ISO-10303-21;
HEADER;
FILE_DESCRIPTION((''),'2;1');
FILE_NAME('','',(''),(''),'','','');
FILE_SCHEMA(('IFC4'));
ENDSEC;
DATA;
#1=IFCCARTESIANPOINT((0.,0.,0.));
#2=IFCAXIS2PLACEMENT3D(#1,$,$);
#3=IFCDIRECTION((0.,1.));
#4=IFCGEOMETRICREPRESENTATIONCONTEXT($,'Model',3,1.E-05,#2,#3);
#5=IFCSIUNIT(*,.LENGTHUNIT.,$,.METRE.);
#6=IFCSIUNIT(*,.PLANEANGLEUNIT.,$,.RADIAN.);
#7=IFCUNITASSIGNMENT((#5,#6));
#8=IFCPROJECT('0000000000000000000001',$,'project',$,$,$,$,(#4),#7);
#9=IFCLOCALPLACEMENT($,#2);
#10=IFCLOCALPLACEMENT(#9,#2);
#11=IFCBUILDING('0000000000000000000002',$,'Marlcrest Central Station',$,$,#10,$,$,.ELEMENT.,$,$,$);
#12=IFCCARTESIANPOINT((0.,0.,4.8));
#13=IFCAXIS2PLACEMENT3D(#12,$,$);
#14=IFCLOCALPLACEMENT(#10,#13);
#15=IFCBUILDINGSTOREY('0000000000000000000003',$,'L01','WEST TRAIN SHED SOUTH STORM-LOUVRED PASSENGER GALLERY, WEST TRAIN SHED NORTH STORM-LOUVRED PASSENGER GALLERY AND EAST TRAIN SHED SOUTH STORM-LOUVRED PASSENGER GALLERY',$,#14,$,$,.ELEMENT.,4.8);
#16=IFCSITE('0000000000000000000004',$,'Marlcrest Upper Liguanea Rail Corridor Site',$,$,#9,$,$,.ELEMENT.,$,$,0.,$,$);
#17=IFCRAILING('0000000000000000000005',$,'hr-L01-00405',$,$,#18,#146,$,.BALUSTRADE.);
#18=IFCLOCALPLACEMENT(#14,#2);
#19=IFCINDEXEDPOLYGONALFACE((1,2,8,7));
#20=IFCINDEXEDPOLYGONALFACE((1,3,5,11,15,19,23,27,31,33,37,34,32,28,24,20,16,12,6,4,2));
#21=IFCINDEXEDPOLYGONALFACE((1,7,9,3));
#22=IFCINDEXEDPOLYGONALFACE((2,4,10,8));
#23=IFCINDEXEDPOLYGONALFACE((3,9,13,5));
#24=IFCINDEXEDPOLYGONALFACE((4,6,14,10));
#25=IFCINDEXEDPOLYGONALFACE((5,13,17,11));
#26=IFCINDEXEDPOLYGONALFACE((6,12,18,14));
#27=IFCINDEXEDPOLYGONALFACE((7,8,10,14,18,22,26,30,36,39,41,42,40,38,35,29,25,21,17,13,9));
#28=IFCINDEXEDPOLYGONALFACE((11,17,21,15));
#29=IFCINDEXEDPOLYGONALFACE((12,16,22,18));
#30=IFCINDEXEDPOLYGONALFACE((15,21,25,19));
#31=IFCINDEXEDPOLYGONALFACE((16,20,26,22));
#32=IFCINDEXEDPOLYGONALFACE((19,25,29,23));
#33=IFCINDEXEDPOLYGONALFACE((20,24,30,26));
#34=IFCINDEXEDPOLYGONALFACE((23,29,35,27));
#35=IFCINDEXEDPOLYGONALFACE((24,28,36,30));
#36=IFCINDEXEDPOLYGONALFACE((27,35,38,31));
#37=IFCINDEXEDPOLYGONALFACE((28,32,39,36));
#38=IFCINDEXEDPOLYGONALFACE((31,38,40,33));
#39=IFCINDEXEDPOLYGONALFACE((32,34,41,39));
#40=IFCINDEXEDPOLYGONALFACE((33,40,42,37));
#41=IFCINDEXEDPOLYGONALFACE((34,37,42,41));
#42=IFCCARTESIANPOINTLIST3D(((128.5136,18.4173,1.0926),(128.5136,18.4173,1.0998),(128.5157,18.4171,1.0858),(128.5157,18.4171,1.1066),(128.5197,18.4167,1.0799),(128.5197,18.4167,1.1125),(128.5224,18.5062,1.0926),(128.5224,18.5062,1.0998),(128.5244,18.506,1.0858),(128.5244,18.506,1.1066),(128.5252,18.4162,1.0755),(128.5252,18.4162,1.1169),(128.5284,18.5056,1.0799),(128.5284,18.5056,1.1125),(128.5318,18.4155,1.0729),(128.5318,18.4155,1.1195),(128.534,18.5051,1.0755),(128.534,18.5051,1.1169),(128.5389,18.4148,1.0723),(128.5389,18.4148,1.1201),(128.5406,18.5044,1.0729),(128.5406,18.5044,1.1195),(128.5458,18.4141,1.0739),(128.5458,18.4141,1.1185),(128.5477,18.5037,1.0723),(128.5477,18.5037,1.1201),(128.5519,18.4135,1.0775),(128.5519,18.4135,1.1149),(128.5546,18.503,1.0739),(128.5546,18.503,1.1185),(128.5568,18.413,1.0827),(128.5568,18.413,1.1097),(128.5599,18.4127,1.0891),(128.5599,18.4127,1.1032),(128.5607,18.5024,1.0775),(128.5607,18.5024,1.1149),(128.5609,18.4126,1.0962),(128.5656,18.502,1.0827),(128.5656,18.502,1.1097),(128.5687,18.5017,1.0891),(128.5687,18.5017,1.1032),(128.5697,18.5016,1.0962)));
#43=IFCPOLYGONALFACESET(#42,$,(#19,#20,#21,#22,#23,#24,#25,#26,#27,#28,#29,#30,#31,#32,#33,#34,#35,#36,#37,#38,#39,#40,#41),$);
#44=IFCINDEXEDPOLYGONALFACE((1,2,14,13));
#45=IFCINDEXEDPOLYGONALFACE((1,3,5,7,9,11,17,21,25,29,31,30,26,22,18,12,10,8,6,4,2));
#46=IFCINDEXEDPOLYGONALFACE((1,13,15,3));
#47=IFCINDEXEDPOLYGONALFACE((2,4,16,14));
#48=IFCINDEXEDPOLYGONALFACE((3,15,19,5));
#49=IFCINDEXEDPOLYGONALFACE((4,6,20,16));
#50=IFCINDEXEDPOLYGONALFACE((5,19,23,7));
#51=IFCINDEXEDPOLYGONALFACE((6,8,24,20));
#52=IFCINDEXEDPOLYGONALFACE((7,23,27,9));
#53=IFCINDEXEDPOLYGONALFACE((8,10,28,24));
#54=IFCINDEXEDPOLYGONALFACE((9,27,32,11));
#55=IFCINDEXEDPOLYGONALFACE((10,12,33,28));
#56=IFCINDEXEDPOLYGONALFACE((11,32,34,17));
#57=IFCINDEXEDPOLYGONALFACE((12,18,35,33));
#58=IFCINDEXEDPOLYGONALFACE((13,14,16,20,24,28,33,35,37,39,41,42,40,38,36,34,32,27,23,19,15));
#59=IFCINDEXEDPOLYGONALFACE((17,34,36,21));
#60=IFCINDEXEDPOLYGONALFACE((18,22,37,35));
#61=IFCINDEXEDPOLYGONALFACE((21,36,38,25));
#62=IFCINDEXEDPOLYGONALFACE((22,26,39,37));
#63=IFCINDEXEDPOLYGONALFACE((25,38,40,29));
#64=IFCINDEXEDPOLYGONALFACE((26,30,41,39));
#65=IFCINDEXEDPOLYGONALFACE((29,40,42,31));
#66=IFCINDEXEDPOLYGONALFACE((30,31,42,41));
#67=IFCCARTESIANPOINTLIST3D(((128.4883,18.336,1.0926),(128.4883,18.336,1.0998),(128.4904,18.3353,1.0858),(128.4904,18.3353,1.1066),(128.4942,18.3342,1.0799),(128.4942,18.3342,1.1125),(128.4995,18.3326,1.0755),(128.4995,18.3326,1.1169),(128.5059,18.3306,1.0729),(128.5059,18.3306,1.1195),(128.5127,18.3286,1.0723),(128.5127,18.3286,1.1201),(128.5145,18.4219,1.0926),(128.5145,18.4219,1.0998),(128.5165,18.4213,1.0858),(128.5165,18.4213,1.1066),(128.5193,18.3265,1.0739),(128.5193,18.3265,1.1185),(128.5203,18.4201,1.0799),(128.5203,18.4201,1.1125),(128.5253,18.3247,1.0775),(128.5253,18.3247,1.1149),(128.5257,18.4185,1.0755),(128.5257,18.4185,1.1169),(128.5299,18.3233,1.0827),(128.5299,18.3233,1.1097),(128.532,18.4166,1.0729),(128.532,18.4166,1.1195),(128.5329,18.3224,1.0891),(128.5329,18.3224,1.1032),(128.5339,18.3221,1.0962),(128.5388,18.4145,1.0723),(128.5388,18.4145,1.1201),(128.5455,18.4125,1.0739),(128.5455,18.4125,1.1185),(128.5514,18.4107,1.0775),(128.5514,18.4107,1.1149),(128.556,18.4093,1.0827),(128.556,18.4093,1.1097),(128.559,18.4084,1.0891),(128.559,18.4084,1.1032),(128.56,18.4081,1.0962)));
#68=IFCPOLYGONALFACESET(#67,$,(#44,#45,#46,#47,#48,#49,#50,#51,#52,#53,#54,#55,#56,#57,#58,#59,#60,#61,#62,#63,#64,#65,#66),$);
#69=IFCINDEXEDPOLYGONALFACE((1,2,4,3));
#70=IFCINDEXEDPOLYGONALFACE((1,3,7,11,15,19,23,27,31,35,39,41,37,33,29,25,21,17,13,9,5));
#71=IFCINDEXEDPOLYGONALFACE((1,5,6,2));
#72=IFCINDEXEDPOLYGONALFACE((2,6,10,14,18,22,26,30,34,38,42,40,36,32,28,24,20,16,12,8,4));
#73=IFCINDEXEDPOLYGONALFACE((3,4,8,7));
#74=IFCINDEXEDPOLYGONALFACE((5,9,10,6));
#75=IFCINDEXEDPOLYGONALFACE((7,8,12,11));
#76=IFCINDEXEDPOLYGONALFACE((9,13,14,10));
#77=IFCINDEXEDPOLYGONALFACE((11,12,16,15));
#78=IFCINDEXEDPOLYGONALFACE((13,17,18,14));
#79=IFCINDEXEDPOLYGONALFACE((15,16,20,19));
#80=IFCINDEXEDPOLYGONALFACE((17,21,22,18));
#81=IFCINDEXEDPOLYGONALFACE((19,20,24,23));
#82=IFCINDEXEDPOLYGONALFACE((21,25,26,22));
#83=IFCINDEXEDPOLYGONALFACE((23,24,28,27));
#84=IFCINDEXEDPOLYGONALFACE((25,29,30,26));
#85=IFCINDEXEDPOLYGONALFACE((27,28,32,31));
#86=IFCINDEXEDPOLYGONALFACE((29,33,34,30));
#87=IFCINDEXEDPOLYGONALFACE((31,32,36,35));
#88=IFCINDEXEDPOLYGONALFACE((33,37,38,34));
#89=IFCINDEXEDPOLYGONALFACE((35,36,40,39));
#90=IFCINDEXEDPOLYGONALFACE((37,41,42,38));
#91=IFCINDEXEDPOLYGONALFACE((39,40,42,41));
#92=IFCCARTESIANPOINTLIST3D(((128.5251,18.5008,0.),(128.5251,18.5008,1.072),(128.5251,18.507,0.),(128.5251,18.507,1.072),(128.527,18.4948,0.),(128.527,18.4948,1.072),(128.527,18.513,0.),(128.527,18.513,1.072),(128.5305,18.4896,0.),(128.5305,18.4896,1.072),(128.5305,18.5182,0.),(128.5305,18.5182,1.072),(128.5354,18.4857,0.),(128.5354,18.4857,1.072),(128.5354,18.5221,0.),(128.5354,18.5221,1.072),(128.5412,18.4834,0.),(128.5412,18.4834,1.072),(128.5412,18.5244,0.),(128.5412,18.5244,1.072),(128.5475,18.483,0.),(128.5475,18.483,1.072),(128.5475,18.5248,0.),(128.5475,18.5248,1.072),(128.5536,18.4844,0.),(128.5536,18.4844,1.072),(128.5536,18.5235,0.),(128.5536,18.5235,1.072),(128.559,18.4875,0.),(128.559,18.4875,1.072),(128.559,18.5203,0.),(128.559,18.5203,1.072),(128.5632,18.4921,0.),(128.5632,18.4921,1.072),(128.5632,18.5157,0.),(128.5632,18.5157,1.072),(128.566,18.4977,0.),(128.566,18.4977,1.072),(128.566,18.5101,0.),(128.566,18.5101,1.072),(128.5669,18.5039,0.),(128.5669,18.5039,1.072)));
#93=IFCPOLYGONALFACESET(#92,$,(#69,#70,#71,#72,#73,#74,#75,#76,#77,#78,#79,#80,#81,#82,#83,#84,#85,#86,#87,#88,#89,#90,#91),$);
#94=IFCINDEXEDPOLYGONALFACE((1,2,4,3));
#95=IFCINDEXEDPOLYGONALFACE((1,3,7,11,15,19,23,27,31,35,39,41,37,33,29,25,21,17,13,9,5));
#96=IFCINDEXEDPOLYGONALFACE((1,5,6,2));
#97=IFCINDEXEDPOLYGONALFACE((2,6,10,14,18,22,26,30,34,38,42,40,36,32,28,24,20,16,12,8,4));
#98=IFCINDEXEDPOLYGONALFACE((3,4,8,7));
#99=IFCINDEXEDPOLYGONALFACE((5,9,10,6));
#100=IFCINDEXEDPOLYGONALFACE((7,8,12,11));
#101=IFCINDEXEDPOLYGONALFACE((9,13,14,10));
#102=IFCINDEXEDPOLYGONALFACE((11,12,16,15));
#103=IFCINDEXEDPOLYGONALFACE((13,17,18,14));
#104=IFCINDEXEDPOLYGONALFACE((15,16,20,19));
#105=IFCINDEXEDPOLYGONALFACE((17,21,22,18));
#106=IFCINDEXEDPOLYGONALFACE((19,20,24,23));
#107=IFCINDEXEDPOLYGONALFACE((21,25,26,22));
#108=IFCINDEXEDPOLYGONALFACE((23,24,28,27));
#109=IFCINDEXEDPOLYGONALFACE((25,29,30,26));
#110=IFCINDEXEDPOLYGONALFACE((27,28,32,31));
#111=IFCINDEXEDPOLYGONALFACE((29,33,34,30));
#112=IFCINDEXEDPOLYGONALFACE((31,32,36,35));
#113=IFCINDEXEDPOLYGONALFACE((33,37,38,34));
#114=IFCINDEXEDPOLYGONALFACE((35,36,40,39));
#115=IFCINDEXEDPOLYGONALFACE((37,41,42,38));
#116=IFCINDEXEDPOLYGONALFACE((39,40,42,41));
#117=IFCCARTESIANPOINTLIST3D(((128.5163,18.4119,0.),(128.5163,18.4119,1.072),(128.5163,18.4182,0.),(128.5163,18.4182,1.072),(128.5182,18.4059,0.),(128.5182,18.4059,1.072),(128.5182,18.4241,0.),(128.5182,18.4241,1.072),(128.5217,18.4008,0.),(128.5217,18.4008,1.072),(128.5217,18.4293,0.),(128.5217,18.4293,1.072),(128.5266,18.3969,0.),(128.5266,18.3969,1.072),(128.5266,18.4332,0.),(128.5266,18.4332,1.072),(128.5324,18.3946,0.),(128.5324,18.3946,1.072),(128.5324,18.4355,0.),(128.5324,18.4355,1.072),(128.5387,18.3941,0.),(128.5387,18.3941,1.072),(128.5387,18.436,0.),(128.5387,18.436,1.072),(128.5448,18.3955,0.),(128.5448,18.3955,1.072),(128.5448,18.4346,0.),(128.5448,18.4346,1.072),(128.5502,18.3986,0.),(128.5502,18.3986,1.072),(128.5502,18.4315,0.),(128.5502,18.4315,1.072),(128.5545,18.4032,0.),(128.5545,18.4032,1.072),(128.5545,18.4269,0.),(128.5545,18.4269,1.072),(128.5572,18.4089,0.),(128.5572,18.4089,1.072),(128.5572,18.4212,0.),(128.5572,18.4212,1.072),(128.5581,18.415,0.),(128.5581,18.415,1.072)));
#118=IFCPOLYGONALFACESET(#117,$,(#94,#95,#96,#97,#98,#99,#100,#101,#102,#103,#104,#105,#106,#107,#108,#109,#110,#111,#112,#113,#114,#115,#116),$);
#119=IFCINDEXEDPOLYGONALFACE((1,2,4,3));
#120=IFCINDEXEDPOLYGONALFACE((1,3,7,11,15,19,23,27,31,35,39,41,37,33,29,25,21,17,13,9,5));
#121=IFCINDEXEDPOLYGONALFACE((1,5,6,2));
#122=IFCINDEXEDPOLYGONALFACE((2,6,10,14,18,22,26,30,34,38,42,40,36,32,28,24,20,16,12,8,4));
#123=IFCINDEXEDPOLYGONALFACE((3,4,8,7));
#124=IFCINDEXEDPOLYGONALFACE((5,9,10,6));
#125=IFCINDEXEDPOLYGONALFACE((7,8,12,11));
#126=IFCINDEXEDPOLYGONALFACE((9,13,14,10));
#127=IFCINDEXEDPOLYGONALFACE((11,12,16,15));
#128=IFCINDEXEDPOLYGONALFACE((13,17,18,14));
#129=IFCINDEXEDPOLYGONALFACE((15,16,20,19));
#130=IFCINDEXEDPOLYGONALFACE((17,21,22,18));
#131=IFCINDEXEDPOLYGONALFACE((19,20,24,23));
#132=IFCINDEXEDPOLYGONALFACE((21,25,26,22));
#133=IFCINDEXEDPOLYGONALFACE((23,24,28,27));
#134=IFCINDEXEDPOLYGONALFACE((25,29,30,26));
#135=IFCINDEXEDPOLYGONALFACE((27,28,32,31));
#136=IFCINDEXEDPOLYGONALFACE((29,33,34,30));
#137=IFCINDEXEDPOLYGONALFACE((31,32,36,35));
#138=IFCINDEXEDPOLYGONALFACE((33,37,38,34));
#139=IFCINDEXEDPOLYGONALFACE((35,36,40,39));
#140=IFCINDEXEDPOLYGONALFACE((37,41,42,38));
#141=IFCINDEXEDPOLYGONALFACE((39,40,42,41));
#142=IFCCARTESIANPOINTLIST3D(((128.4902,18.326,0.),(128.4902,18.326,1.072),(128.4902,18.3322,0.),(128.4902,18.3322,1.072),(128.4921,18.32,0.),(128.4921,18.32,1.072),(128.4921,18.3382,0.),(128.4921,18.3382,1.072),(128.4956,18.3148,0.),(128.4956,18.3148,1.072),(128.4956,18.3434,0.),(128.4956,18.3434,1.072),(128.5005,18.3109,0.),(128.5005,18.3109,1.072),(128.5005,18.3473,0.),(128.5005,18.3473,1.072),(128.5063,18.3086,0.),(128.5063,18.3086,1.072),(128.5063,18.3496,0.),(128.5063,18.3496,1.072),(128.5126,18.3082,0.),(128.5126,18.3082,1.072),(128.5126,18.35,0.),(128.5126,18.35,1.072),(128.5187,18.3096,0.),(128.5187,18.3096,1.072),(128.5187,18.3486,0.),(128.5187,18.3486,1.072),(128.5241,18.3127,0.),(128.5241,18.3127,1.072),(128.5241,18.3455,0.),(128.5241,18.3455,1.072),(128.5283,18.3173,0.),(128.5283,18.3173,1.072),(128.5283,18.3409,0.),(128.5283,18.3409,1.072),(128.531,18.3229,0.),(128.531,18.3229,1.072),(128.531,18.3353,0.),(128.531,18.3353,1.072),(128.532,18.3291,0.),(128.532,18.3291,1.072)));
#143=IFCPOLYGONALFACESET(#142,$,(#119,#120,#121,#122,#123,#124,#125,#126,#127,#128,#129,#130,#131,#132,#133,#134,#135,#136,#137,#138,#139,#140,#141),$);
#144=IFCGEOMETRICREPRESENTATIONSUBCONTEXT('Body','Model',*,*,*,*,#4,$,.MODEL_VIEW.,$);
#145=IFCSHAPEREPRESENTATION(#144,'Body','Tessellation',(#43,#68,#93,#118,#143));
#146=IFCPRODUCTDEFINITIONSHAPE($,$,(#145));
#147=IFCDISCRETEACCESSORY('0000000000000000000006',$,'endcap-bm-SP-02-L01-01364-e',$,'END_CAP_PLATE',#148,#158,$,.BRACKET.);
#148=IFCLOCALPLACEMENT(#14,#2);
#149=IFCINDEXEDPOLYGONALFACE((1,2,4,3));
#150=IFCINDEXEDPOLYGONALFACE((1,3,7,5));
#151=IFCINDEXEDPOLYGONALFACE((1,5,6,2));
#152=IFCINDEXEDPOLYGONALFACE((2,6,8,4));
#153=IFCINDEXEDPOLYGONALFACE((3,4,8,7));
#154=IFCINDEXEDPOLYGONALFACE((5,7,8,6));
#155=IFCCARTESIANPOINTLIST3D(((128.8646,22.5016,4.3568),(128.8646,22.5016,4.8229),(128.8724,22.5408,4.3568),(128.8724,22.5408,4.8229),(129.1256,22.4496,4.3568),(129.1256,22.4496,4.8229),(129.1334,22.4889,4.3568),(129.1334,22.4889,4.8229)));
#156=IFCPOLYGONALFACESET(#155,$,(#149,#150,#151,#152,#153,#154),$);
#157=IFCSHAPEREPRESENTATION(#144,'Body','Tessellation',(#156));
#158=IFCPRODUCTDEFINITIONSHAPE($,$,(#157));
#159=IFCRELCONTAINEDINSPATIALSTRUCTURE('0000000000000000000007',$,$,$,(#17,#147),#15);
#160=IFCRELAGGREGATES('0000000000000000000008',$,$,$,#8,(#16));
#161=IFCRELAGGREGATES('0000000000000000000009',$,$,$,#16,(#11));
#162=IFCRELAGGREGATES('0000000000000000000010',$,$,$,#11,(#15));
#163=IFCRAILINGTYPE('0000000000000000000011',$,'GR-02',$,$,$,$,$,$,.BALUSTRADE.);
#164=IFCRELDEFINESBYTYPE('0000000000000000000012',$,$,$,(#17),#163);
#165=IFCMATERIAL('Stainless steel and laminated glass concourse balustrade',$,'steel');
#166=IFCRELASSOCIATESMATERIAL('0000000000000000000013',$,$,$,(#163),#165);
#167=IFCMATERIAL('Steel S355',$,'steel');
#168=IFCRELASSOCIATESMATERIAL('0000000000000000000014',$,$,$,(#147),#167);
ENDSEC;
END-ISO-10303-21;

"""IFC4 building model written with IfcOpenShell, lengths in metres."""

from ifc_helpers import new_model, si_unit, direction, frame, origin, origin_2d, place, context, subcontext, project, spatial, rectangle, circle, extrude, material, type_object, element, save


model = new_model("IFC4")

# Units and contexts
model_context = context("Model", 3, precision=1e-05, world=origin(), true_north=direction((0.0, 1.0)))
body_context = subcontext(model_context, "Body", "Model", "MODEL_VIEW")
ifc_project = project(units=[si_unit("LENGTHUNIT", "METRE"), si_unit("PLANEANGLEUNIT", "RADIAN")], contexts=[model_context])

# Site, building, storey
site_placement = place(None, origin())
site = spatial("IfcSite", under=ifc_project, at=site_placement, Name="Marlcrest Upper Liguanea Rail Corridor Site", CompositionType="ELEMENT", RefElevation=0.0)
building_placement = place(site_placement, origin())
building = spatial("IfcBuilding", under=site, at=building_placement, Name="Marlcrest Central Station", CompositionType="ELEMENT")
storey_placement = place(building_placement, frame((0.0, 0.0, 4.8)))
storey = spatial("IfcBuildingStorey", under=building, at=storey_placement, Name="L01", Description="WEST TRAIN SHED SOUTH STORM-LOUVRED PASSENGER GALLERY, WEST TRAIN SHED NORTH STORM-LOUVRED PASSENGER GALLERY AND EAST TRAIN SHED SOUTH STORM-LOUVRED PASSENGER GALLERY", CompositionType="ELEMENT", Elevation=4.8)

# Shared definitions
ifc_material_1 = material(Name="Steel S355", Category="steel")

# Railing
ifc_material_2 = material(Name="Stainless steel and laminated glass concourse balustrade", Category="steel")
railing_type = type_object("IfcRailingType", Name="GR-02", PredefinedType="BALUSTRADE", material=ifc_material_2)
railing_placement = place(storey_placement, frame((128.5459, 18.5039, 0.0)))
element("IfcRailing", 1, at=railing_placement, inside=storey, type_object=railing_type, Name="hr-L01-00405", PredefinedType="BALUSTRADE", context=body_context, shape_type="SweptSolid", body=[
    extrude(circle(Radius=0.0239, at=origin_2d()), frame((0.0, 0.0, 1.0962), z_axis=(-0.098421, -0.995145, 0.0), x_axis=(0.995145, -0.098421, 0.0)), (0.0, 0.0, 1.0), 0.0894),
    extrude(circle(Radius=0.0239, at=origin_2d()), frame((-0.0088, -0.0889, 1.0962), z_axis=(-0.290837, -0.956773, 0.0), x_axis=(0.956773, -0.290837, 0.0)), (0.0, 0.0, 1.0), 0.0898),
    extrude(circle(Radius=0.021, at=origin_2d()), origin(), (0.0, 0.0, 1.0), 1.072),
    extrude(circle(Radius=0.021, at=origin_2d()), frame((-0.0088, -0.0889, 0.0)), (0.0, 0.0, 1.0), 1.072),
    extrude(circle(Radius=0.021, at=origin_2d()), frame((-0.0349, -0.1748, 0.0)), (0.0, 0.0, 1.0), 1.072),
])

# Discrete accessory
discrete_accessory_placement = place(storey_placement, frame((128.9951, 22.4756, 4.5898), z_axis=(0.195171, 0.980769, 0.0), x_axis=(-0.980769, 0.195171, 0.0)))
element("IfcDiscreteAccessory", 2, at=discrete_accessory_placement, inside=storey, material=ifc_material_1, Name="endcap-bm-SP-02-L01-01364-e", ObjectType="END_CAP_PLATE", PredefinedType="BRACKET", context=body_context, shape_type="SweptSolid", body=[
    extrude(rectangle(XDim=0.2661, YDim=0.4661, at=origin_2d()), origin(), (0.0, 0.0, 1.0), 0.04),
])

save(model, "model.ifc")
